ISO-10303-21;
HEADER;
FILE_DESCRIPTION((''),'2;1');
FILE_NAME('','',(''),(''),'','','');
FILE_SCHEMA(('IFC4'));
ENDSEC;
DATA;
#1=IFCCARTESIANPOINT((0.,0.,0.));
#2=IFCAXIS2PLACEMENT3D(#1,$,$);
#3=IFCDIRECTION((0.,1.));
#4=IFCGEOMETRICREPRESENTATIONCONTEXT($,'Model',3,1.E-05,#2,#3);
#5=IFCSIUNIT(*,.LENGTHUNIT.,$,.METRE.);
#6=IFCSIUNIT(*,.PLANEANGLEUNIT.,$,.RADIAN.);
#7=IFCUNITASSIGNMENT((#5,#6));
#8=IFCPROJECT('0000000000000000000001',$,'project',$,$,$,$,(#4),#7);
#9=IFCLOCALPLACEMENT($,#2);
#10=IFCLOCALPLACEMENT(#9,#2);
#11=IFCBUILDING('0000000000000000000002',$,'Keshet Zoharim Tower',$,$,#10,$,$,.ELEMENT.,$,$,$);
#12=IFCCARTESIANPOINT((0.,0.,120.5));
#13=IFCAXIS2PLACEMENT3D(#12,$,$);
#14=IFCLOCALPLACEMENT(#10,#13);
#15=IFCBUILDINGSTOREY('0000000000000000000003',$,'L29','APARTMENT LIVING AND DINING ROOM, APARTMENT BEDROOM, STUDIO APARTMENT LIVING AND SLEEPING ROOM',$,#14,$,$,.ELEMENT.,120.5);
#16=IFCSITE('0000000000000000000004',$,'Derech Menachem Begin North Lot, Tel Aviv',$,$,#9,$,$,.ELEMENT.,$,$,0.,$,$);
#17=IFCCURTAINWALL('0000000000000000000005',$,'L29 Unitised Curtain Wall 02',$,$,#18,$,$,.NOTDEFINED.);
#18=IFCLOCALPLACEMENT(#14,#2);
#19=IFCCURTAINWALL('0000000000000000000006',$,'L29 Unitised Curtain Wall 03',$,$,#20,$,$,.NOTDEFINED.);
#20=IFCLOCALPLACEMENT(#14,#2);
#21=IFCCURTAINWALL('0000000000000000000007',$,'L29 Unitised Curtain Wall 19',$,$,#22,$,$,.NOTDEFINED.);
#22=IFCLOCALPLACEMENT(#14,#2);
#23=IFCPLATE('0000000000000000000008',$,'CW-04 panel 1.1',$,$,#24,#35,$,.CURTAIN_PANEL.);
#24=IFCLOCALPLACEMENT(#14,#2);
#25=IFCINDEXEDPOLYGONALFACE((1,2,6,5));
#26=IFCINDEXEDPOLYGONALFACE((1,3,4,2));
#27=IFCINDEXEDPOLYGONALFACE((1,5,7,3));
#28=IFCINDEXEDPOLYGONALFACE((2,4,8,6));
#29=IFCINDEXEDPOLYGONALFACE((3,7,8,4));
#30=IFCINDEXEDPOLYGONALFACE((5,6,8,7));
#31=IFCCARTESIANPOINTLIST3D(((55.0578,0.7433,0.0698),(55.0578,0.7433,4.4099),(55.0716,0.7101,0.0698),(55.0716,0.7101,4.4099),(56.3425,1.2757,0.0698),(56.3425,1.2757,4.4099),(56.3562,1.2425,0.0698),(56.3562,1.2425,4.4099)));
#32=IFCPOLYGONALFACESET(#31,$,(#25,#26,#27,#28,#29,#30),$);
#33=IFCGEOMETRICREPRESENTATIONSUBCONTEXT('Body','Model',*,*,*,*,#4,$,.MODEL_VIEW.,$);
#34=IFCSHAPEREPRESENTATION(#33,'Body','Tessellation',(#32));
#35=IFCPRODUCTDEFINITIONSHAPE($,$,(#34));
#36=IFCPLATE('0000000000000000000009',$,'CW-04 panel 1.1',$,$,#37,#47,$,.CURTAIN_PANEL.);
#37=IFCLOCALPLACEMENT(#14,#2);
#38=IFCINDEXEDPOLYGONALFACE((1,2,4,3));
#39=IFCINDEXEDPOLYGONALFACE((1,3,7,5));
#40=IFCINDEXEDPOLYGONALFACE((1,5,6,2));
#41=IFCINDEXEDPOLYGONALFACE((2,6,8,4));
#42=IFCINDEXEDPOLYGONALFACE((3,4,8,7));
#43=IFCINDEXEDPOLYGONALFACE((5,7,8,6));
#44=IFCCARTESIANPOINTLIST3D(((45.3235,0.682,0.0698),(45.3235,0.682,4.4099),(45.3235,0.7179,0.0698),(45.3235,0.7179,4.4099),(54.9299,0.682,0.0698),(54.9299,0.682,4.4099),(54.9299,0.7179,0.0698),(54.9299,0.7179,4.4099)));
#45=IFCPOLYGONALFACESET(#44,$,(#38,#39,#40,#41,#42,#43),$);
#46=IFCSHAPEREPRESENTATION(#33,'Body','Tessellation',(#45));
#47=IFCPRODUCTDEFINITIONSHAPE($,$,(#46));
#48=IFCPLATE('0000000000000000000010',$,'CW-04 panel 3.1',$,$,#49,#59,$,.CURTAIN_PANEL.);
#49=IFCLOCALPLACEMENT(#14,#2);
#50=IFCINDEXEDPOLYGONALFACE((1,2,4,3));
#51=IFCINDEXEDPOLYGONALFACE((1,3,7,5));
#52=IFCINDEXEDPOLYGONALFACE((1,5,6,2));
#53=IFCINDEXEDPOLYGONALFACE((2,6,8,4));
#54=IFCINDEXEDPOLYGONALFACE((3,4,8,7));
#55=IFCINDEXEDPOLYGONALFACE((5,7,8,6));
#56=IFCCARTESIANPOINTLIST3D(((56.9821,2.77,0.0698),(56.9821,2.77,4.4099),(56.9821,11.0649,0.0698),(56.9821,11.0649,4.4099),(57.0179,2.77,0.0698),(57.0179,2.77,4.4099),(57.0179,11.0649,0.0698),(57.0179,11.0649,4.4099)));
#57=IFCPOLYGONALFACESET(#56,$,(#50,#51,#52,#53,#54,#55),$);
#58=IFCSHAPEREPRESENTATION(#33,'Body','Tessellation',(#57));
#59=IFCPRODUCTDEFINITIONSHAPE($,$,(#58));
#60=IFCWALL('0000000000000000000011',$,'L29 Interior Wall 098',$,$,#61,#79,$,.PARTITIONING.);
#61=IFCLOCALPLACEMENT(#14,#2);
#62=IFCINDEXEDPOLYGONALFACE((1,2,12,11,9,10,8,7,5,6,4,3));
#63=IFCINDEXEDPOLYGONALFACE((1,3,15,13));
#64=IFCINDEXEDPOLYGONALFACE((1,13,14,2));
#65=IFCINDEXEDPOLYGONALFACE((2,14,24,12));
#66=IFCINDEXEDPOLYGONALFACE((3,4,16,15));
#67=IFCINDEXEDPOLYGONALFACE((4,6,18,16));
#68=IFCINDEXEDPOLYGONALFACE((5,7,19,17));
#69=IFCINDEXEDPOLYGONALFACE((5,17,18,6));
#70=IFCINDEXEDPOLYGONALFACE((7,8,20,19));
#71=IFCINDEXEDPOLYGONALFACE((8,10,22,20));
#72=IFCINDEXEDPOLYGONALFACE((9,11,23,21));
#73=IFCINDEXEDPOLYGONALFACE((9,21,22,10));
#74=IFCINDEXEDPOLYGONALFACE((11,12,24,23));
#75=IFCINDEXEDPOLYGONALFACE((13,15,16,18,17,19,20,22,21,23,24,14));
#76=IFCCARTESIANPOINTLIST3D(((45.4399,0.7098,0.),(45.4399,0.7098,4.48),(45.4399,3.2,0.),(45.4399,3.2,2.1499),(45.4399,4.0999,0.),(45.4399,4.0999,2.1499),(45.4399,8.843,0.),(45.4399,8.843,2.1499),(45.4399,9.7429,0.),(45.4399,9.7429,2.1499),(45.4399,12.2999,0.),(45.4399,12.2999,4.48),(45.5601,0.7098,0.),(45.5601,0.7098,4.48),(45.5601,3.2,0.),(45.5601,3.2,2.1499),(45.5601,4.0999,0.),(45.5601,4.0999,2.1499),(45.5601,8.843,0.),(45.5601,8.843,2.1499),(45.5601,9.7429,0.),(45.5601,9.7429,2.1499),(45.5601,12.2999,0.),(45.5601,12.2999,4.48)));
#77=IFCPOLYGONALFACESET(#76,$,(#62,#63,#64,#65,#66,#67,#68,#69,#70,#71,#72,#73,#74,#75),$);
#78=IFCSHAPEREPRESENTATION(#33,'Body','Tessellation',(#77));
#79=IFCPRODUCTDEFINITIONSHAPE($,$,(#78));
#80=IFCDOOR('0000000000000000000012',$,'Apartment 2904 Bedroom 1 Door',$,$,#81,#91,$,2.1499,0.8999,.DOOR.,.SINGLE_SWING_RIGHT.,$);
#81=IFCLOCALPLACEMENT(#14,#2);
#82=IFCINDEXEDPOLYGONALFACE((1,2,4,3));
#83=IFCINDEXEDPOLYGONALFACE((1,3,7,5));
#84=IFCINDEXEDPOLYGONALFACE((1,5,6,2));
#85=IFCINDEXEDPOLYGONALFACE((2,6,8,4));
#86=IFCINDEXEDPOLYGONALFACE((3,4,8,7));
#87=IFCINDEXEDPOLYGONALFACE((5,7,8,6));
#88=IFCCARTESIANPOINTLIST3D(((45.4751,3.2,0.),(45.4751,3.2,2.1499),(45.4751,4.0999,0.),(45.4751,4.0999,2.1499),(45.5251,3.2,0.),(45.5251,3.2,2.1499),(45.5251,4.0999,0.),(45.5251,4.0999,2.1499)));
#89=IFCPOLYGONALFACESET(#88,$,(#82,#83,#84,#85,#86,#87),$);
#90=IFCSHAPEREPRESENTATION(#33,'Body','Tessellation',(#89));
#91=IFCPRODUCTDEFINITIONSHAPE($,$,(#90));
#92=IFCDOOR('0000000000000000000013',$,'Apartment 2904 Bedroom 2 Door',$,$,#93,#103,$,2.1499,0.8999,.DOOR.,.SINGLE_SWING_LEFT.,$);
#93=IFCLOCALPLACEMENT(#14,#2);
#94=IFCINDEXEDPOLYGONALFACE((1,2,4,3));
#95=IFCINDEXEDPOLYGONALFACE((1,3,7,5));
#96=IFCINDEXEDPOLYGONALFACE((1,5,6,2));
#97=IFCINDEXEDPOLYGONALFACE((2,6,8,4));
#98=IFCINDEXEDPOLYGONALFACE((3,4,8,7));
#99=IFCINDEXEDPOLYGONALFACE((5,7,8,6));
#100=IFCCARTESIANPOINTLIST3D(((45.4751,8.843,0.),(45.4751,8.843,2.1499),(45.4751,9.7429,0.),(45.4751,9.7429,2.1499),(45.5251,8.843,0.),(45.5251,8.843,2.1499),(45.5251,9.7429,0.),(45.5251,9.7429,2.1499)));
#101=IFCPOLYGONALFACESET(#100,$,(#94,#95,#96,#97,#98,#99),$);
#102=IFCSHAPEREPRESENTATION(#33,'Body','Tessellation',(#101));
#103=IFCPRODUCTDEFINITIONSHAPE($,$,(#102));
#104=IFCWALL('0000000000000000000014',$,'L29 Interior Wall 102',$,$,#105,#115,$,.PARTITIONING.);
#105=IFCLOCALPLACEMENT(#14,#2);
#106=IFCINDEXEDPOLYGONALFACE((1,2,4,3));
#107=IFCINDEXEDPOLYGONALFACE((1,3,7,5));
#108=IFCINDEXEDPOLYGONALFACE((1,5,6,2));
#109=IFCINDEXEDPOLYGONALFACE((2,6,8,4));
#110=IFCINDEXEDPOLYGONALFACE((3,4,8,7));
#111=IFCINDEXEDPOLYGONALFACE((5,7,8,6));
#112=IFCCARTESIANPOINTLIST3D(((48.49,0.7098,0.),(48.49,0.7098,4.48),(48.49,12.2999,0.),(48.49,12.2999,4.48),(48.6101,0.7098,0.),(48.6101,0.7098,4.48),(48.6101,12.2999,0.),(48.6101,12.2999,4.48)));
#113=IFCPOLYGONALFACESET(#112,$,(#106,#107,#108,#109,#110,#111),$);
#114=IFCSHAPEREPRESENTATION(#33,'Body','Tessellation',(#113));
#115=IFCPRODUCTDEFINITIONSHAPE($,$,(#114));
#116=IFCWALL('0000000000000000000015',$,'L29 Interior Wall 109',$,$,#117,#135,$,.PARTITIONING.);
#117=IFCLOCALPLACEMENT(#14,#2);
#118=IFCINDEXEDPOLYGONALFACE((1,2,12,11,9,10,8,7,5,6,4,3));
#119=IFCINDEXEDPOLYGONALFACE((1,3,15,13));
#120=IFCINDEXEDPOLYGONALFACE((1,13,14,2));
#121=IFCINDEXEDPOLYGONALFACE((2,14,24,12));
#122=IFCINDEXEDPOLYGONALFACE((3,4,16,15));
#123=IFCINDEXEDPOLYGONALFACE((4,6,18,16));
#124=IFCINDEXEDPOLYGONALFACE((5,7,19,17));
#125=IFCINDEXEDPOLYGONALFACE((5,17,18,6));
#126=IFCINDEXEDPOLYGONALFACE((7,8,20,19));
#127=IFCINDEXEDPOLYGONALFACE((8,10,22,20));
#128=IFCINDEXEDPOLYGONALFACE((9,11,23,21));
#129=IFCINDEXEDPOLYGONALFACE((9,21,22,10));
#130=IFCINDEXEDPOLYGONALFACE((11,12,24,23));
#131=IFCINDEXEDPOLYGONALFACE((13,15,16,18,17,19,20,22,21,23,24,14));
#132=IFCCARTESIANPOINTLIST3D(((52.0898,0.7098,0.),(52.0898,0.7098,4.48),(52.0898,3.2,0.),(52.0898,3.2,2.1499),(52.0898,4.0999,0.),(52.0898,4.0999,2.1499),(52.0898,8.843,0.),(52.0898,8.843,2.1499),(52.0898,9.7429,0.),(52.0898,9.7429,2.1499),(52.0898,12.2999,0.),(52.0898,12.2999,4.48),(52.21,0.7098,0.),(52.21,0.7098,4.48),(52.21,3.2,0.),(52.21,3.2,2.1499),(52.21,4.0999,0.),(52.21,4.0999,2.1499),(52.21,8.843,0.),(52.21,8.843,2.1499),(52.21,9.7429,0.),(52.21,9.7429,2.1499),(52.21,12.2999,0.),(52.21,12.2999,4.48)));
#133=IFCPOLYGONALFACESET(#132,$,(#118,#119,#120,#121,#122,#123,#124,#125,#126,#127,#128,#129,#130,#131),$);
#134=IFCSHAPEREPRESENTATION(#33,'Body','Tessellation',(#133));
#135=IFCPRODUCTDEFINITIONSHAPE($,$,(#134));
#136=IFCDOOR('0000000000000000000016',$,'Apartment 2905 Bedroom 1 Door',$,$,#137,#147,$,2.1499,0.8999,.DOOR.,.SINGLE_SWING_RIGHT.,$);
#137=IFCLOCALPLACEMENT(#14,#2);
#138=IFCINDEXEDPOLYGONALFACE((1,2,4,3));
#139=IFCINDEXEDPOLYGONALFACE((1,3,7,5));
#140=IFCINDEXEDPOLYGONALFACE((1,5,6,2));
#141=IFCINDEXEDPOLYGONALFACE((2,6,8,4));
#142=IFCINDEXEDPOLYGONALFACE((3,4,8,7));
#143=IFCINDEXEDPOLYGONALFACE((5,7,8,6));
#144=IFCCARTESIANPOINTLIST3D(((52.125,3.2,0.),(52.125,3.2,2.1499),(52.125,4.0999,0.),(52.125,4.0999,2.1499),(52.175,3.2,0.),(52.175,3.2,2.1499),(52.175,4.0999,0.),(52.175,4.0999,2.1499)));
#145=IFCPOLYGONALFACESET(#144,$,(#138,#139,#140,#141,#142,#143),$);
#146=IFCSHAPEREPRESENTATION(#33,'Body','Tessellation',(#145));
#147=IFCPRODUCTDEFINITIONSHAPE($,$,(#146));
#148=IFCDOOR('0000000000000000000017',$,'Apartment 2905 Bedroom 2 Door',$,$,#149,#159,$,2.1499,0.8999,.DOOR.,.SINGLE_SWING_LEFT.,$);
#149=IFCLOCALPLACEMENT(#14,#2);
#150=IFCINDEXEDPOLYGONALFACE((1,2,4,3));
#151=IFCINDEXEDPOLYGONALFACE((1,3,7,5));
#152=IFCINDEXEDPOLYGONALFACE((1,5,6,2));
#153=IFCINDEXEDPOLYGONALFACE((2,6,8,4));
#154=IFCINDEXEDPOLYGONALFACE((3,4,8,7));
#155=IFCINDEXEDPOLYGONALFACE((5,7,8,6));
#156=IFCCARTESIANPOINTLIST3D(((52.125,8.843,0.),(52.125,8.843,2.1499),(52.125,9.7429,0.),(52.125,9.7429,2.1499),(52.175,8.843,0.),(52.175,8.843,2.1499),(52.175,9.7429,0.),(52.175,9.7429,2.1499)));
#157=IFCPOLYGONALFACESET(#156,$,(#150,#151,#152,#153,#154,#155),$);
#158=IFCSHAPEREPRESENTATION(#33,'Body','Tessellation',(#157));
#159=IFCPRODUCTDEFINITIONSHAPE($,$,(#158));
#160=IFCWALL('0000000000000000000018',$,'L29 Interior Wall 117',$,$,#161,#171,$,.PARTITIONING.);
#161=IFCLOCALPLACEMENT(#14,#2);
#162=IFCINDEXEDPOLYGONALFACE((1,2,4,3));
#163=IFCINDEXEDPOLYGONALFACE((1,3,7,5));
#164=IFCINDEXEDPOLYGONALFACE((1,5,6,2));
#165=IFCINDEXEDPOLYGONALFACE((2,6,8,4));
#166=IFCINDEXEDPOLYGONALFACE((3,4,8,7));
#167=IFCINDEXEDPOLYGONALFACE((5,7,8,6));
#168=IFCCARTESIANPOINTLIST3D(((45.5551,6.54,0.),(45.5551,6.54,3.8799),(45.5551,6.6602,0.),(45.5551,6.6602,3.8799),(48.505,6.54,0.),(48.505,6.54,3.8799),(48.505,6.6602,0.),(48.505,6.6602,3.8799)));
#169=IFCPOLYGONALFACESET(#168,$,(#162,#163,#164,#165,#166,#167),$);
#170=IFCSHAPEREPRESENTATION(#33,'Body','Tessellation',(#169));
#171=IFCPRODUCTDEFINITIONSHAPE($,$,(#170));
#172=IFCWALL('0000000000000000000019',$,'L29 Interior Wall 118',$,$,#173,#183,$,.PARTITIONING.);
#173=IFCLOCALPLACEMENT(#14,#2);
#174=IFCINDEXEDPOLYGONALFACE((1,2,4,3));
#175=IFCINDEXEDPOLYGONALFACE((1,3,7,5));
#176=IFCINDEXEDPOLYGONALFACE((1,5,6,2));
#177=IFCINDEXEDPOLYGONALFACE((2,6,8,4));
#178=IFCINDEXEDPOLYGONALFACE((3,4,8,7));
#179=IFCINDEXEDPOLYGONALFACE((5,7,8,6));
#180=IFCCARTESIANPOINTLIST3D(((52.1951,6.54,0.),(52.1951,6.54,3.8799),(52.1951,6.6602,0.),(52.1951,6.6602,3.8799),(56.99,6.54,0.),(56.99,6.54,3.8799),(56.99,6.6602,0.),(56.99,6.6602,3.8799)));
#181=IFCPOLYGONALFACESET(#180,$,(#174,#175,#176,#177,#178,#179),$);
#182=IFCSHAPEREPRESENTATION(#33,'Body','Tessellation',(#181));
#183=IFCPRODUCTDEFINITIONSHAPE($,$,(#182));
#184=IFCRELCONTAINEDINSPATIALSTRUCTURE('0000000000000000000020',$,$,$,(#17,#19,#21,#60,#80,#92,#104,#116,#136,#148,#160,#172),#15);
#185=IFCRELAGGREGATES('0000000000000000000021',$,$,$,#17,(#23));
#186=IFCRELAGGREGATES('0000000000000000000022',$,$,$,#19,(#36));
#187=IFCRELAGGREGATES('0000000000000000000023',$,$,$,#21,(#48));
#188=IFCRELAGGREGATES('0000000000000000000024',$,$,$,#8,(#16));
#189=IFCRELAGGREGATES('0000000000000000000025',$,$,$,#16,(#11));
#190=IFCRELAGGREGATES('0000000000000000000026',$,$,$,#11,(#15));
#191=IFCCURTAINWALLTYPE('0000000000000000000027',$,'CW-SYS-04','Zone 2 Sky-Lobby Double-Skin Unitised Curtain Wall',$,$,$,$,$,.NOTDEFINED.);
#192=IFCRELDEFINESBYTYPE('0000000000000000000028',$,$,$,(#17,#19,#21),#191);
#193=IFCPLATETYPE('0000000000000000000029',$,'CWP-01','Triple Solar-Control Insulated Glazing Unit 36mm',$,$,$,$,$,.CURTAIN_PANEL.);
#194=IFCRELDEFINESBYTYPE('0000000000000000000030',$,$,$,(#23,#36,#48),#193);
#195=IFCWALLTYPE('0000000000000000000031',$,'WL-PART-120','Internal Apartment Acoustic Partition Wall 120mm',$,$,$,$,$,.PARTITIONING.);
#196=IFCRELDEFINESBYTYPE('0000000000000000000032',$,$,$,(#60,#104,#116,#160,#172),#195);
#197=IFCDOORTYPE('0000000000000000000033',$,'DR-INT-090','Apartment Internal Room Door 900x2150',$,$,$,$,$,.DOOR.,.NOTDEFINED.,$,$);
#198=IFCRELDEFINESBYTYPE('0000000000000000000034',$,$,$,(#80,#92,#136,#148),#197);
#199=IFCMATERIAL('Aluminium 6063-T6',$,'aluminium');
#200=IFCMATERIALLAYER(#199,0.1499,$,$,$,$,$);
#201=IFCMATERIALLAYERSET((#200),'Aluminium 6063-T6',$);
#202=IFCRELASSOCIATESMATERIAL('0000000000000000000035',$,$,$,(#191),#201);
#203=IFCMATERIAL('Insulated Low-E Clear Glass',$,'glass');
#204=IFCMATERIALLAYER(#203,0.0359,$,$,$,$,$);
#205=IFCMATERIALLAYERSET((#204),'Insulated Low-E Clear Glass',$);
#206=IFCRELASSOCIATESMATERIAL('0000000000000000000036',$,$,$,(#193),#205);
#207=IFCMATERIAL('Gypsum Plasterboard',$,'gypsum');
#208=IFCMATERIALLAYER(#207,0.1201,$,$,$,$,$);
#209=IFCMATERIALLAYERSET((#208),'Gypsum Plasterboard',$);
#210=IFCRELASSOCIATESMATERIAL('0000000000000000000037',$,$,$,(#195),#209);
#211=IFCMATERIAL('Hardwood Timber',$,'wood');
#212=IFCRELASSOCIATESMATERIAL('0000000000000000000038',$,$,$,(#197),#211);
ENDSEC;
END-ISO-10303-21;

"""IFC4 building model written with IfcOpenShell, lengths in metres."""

from ifc_helpers import new_model, si_unit, direction, frame, frame_2d, origin, origin_2d, place, context, subcontext, project, spatial, rectangle, extrude, material, layer, layer_set, type_object, element, fill, aggregate, save


model = new_model("IFC4")

# Units and contexts
model_context = context("Model", 3, precision=1e-05, world=origin(), true_north=direction((0.0, 1.0)))
body_context = subcontext(model_context, "Body", "Model", "MODEL_VIEW")
ifc_project = project(units=[si_unit("LENGTHUNIT", "METRE"), si_unit("PLANEANGLEUNIT", "RADIAN")], contexts=[model_context])

# Site, building, storey
site_placement = place(None, origin())
site = spatial("IfcSite", under=ifc_project, at=site_placement, Name="Derech Menachem Begin North Lot, Tel Aviv", CompositionType="ELEMENT", RefElevation=0.0)
building_placement = place(site_placement, origin())
building = spatial("IfcBuilding", under=site, at=building_placement, Name="Keshet Zoharim Tower", CompositionType="ELEMENT")
storey_placement = place(building_placement, frame((0.0, 0.0, 120.5)))
storey = spatial("IfcBuildingStorey", under=building, at=storey_placement, Name="L29", Description="APARTMENT LIVING AND DINING ROOM, APARTMENT BEDROOM, STUDIO APARTMENT LIVING AND SLEEPING ROOM", CompositionType="ELEMENT", Elevation=120.5)

# Curtain walls
ifc_material_1 = material(Name="Aluminium 6063-T6", Category="aluminium")
ifc_layer_1 = layer(ifc_material_1, 0.1499)
ifc_layer_set_1 = layer_set([ifc_layer_1], Name="Aluminium 6063-T6")
curtain_wall_type = type_object("IfcCurtainWallType", Name="CW-SYS-04", Description="Zone 2 Sky-Lobby Double-Skin Unitised Curtain Wall", PredefinedType="NOTDEFINED", material=ifc_layer_set_1)
curtain_wall_1_placement = place(storey_placement, origin())
curtain_wall_1 = element("IfcCurtainWall", 1, at=curtain_wall_1_placement, inside=storey, type_object=curtain_wall_type, Name="L29 Unitised Curtain Wall 02", PredefinedType="NOTDEFINED")
curtain_wall_2_placement = place(storey_placement, origin())
curtain_wall_2 = element("IfcCurtainWall", 2, at=curtain_wall_2_placement, inside=storey, type_object=curtain_wall_type, Name="L29 Unitised Curtain Wall 03", PredefinedType="NOTDEFINED")

# Curtain wall
curtain_wall_3_placement = place(storey_placement, origin())
curtain_wall_3 = element("IfcCurtainWall", 3, at=curtain_wall_3_placement, inside=storey, type_object=curtain_wall_type, Name="L29 Unitised Curtain Wall 19", PredefinedType="NOTDEFINED")

# Plates
ifc_material_2 = material(Name="Insulated Low-E Clear Glass", Category="glass")
ifc_layer_2 = layer(ifc_material_2, 0.0359)
ifc_layer_set_2 = layer_set([ifc_layer_2], Name="Insulated Low-E Clear Glass")
plate_type = type_object("IfcPlateType", Name="CWP-01", Description="Triple Solar-Control Insulated Glazing Unit 36mm", PredefinedType="CURTAIN_PANEL", material=ifc_layer_set_2)
plate_1_placement = place(storey_placement, frame((55.707, 0.9929, 0.0698), z_axis=(0.0, 0.0, 1.0), x_axis=(-0.92381, -0.382852, 0.0)))
plate_1 = element("IfcPlate", 4, at=plate_1_placement, type_object=plate_type, Name="CW-04 panel 1.1", PredefinedType="CURTAIN_PANEL", context=body_context, shape_type="SweptSolid", body=[
    extrude(rectangle(XDim=1.3906, YDim=0.0359, at=origin_2d()), origin(), (0.0, 0.0, 1.0), 4.3401),
])
aggregate(curtain_wall_1, [plate_1])
plate_2_placement = place(storey_placement, frame((50.1267, 0.7, 0.0698), z_axis=(0.0, 0.0, 1.0), x_axis=(-1.0, 0.0, 0.0)))
plate_2 = element("IfcPlate", 5, at=plate_2_placement, type_object=plate_type, Name="CW-04 panel 1.1", PredefinedType="CURTAIN_PANEL", context=body_context, shape_type="SweptSolid", body=[
    extrude(rectangle(XDim=9.6064, YDim=0.0359, at=origin_2d()), origin(), (0.0, 0.0, 1.0), 4.3401),
])
aggregate(curtain_wall_2, [plate_2])
plate_3_placement = place(storey_placement, frame((57.0, 6.9175, 0.0698), z_axis=(0.0, 0.0, 1.0), x_axis=(0.0, -1.0, 0.0)))
plate_3 = element("IfcPlate", 6, at=plate_3_placement, type_object=plate_type, Name="CW-04 panel 3.1", PredefinedType="CURTAIN_PANEL", context=body_context, shape_type="SweptSolid", body=[
    extrude(rectangle(XDim=8.2949, YDim=0.0359, at=origin_2d()), origin(), (0.0, 0.0, 1.0), 4.3401),
])
aggregate(curtain_wall_3, [plate_3])

# Wall, openings, doors
ifc_material_3 = material(Name="Gypsum Plasterboard", Category="gypsum")
ifc_layer_3 = layer(ifc_material_3, 0.1201)
ifc_layer_set_3 = layer_set([ifc_layer_3], Name="Gypsum Plasterboard")
wall_type = type_object("IfcWallType", Name="WL-PART-120", Description="Internal Apartment Acoustic Partition Wall 120mm", PredefinedType="PARTITIONING", material=ifc_layer_set_3)
wall_1_placement = place(storey_placement, frame((45.5, 0.71, 0.0), z_axis=(0.0, 0.0, 1.0), x_axis=(0.0, 1.0, 0.0)))
wall_1 = element("IfcWall", 7, at=wall_1_placement, inside=storey, type_object=wall_type, Name="L29 Interior Wall 098", PredefinedType="PARTITIONING", context=body_context, shape_type="SweptSolid", body=[
    extrude(rectangle(XDim=11.5901, YDim=0.1201, at=frame_2d((5.7949, 0.0))), origin(), (0.0, 0.0, 1.0), 4.48),
])
opening_1_placement = place(wall_1_placement, frame((2.49, 0.0, 0.0)))
opening_1 = element("IfcOpeningElement", 8, at=opening_1_placement, cuts=wall_1, PredefinedType="OPENING", context=body_context, shape_type="SweptSolid", body=[
    extrude(rectangle(XDim=0.8999, YDim=2.1499, at=frame_2d((0.45, 1.075))), frame((0.0, 0.0701, 0.0), z_axis=(0.0, -1.0, 0.0), x_axis=(1.0, 0.0, 0.0)), (0.0, 0.0, 1.0), 0.1401),
])
opening_2_placement = place(wall_1_placement, frame((8.1331, 0.0, 0.0)))
opening_2 = element("IfcOpeningElement", 9, at=opening_2_placement, cuts=wall_1, PredefinedType="OPENING", context=body_context, shape_type="SweptSolid", body=[
    extrude(rectangle(XDim=0.8999, YDim=2.1499, at=frame_2d((0.45, 1.075))), frame((0.0, 0.0701, 0.0), z_axis=(0.0, -1.0, 0.0), x_axis=(1.0, 0.0, 0.0)), (0.0, 0.0, 1.0), 0.1401),
])
ifc_material_4 = material(Name="Hardwood Timber", Category="wood")
door_type = type_object("IfcDoorType", Name="DR-INT-090", Description="Apartment Internal Room Door 900x2150", OperationType="NOTDEFINED", PredefinedType="DOOR", material=ifc_material_4)
door_1_placement = place(opening_1_placement, origin())
door_1 = element("IfcDoor", 10, at=door_1_placement, inside=storey, type_object=door_type, Name="Apartment 2904 Bedroom 1 Door", OperationType="SINGLE_SWING_RIGHT", OverallHeight=2.1499, OverallWidth=0.8999, PredefinedType="DOOR", context=body_context, shape_type="SweptSolid", body=[
    extrude(rectangle(XDim=0.8999, YDim=2.1499, at=frame_2d((0.45, 1.075))), frame((0.0, 0.0249, 0.0), z_axis=(0.0, -1.0, 0.0), x_axis=(1.0, 0.0, 0.0)), (0.0, 0.0, 1.0), 0.05),
])
fill(opening_1, door_1)
door_2_placement = place(opening_2_placement, origin())
door_2 = element("IfcDoor", 11, at=door_2_placement, inside=storey, type_object=door_type, Name="Apartment 2904 Bedroom 2 Door", OperationType="SINGLE_SWING_LEFT", OverallHeight=2.1499, OverallWidth=0.8999, PredefinedType="DOOR", context=body_context, shape_type="SweptSolid", body=[
    extrude(rectangle(XDim=0.8999, YDim=2.1499, at=frame_2d((0.45, 1.075))), frame((0.0, 0.0249, 0.0), z_axis=(0.0, -1.0, 0.0), x_axis=(1.0, 0.0, 0.0)), (0.0, 0.0, 1.0), 0.05),
])
fill(opening_2, door_2)

# Wall
wall_2_placement = place(storey_placement, frame((48.55, 0.71, 0.0), z_axis=(0.0, 0.0, 1.0), x_axis=(0.0, 1.0, 0.0)))
element("IfcWall", 12, at=wall_2_placement, inside=storey, type_object=wall_type, Name="L29 Interior Wall 102", PredefinedType="PARTITIONING", context=body_context, shape_type="SweptSolid", body=[
    extrude(rectangle(XDim=11.5901, YDim=0.1201, at=frame_2d((5.7949, 0.0))), origin(), (0.0, 0.0, 1.0), 4.48),
])

# Wall, openings, doors
wall_3_placement = place(storey_placement, frame((52.1499, 0.71, 0.0), z_axis=(0.0, 0.0, 1.0), x_axis=(0.0, 1.0, 0.0)))
wall_3 = element("IfcWall", 13, at=wall_3_placement, inside=storey, type_object=wall_type, Name="L29 Interior Wall 109", PredefinedType="PARTITIONING", context=body_context, shape_type="SweptSolid", body=[
    extrude(rectangle(XDim=11.5901, YDim=0.1201, at=frame_2d((5.7949, 0.0))), origin(), (0.0, 0.0, 1.0), 4.48),
])
opening_3_placement = place(wall_3_placement, frame((2.49, 0.0, 0.0)))
opening_3 = element("IfcOpeningElement", 14, at=opening_3_placement, cuts=wall_3, PredefinedType="OPENING", context=body_context, shape_type="SweptSolid", body=[
    extrude(rectangle(XDim=0.8999, YDim=2.1499, at=frame_2d((0.45, 1.075))), frame((0.0, 0.0701, 0.0), z_axis=(0.0, -1.0, 0.0), x_axis=(1.0, 0.0, 0.0)), (0.0, 0.0, 1.0), 0.1401),
])
opening_4_placement = place(wall_3_placement, frame((8.1331, 0.0, 0.0)))
opening_4 = element("IfcOpeningElement", 15, at=opening_4_placement, cuts=wall_3, PredefinedType="OPENING", context=body_context, shape_type="SweptSolid", body=[
    extrude(rectangle(XDim=0.8999, YDim=2.1499, at=frame_2d((0.45, 1.075))), frame((0.0, 0.0701, 0.0), z_axis=(0.0, -1.0, 0.0), x_axis=(1.0, 0.0, 0.0)), (0.0, 0.0, 1.0), 0.1401),
])
door_3_placement = place(opening_3_placement, origin())
door_3 = element("IfcDoor", 16, at=door_3_placement, inside=storey, type_object=door_type, Name="Apartment 2905 Bedroom 1 Door", OperationType="SINGLE_SWING_RIGHT", OverallHeight=2.1499, OverallWidth=0.8999, PredefinedType="DOOR", context=body_context, shape_type="SweptSolid", body=[
    extrude(rectangle(XDim=0.8999, YDim=2.1499, at=frame_2d((0.45, 1.075))), frame((0.0, 0.0249, 0.0), z_axis=(0.0, -1.0, 0.0), x_axis=(1.0, 0.0, 0.0)), (0.0, 0.0, 1.0), 0.05),
])
fill(opening_3, door_3)
door_4_placement = place(opening_4_placement, origin())
door_4 = element("IfcDoor", 17, at=door_4_placement, inside=storey, type_object=door_type, Name="Apartment 2905 Bedroom 2 Door", OperationType="SINGLE_SWING_LEFT", OverallHeight=2.1499, OverallWidth=0.8999, PredefinedType="DOOR", context=body_context, shape_type="SweptSolid", body=[
    extrude(rectangle(XDim=0.8999, YDim=2.1499, at=frame_2d((0.45, 1.075))), frame((0.0, 0.0249, 0.0), z_axis=(0.0, -1.0, 0.0), x_axis=(1.0, 0.0, 0.0)), (0.0, 0.0, 1.0), 0.05),
])
fill(opening_4, door_4)

# Walls
wall_4_placement = place(storey_placement, frame((45.5549, 6.6001, 0.0), z_axis=(0.0, 0.0, 1.0), x_axis=(1.0, 0.0, 0.0)))
element("IfcWall", 18, at=wall_4_placement, inside=storey, type_object=wall_type, Name="L29 Interior Wall 117", PredefinedType="PARTITIONING", context=body_context, shape_type="SweptSolid", body=[
    extrude(rectangle(XDim=2.95, YDim=0.1201, at=frame_2d((1.4751, 0.0))), origin(), (0.0, 0.0, 1.0), 3.8799),
])
wall_5_placement = place(storey_placement, frame((52.1951, 6.6001, 0.0), z_axis=(0.0, 0.0, 1.0), x_axis=(1.0, 0.0, 0.0)))
element("IfcWall", 19, at=wall_5_placement, inside=storey, type_object=wall_type, Name="L29 Interior Wall 118", PredefinedType="PARTITIONING", context=body_context, shape_type="SweptSolid", body=[
    extrude(rectangle(XDim=4.7949, YDim=0.1201, at=frame_2d((2.3975, 0.0))), origin(), (0.0, 0.0, 1.0), 3.8799),
])

save(model, "model.ifc")
